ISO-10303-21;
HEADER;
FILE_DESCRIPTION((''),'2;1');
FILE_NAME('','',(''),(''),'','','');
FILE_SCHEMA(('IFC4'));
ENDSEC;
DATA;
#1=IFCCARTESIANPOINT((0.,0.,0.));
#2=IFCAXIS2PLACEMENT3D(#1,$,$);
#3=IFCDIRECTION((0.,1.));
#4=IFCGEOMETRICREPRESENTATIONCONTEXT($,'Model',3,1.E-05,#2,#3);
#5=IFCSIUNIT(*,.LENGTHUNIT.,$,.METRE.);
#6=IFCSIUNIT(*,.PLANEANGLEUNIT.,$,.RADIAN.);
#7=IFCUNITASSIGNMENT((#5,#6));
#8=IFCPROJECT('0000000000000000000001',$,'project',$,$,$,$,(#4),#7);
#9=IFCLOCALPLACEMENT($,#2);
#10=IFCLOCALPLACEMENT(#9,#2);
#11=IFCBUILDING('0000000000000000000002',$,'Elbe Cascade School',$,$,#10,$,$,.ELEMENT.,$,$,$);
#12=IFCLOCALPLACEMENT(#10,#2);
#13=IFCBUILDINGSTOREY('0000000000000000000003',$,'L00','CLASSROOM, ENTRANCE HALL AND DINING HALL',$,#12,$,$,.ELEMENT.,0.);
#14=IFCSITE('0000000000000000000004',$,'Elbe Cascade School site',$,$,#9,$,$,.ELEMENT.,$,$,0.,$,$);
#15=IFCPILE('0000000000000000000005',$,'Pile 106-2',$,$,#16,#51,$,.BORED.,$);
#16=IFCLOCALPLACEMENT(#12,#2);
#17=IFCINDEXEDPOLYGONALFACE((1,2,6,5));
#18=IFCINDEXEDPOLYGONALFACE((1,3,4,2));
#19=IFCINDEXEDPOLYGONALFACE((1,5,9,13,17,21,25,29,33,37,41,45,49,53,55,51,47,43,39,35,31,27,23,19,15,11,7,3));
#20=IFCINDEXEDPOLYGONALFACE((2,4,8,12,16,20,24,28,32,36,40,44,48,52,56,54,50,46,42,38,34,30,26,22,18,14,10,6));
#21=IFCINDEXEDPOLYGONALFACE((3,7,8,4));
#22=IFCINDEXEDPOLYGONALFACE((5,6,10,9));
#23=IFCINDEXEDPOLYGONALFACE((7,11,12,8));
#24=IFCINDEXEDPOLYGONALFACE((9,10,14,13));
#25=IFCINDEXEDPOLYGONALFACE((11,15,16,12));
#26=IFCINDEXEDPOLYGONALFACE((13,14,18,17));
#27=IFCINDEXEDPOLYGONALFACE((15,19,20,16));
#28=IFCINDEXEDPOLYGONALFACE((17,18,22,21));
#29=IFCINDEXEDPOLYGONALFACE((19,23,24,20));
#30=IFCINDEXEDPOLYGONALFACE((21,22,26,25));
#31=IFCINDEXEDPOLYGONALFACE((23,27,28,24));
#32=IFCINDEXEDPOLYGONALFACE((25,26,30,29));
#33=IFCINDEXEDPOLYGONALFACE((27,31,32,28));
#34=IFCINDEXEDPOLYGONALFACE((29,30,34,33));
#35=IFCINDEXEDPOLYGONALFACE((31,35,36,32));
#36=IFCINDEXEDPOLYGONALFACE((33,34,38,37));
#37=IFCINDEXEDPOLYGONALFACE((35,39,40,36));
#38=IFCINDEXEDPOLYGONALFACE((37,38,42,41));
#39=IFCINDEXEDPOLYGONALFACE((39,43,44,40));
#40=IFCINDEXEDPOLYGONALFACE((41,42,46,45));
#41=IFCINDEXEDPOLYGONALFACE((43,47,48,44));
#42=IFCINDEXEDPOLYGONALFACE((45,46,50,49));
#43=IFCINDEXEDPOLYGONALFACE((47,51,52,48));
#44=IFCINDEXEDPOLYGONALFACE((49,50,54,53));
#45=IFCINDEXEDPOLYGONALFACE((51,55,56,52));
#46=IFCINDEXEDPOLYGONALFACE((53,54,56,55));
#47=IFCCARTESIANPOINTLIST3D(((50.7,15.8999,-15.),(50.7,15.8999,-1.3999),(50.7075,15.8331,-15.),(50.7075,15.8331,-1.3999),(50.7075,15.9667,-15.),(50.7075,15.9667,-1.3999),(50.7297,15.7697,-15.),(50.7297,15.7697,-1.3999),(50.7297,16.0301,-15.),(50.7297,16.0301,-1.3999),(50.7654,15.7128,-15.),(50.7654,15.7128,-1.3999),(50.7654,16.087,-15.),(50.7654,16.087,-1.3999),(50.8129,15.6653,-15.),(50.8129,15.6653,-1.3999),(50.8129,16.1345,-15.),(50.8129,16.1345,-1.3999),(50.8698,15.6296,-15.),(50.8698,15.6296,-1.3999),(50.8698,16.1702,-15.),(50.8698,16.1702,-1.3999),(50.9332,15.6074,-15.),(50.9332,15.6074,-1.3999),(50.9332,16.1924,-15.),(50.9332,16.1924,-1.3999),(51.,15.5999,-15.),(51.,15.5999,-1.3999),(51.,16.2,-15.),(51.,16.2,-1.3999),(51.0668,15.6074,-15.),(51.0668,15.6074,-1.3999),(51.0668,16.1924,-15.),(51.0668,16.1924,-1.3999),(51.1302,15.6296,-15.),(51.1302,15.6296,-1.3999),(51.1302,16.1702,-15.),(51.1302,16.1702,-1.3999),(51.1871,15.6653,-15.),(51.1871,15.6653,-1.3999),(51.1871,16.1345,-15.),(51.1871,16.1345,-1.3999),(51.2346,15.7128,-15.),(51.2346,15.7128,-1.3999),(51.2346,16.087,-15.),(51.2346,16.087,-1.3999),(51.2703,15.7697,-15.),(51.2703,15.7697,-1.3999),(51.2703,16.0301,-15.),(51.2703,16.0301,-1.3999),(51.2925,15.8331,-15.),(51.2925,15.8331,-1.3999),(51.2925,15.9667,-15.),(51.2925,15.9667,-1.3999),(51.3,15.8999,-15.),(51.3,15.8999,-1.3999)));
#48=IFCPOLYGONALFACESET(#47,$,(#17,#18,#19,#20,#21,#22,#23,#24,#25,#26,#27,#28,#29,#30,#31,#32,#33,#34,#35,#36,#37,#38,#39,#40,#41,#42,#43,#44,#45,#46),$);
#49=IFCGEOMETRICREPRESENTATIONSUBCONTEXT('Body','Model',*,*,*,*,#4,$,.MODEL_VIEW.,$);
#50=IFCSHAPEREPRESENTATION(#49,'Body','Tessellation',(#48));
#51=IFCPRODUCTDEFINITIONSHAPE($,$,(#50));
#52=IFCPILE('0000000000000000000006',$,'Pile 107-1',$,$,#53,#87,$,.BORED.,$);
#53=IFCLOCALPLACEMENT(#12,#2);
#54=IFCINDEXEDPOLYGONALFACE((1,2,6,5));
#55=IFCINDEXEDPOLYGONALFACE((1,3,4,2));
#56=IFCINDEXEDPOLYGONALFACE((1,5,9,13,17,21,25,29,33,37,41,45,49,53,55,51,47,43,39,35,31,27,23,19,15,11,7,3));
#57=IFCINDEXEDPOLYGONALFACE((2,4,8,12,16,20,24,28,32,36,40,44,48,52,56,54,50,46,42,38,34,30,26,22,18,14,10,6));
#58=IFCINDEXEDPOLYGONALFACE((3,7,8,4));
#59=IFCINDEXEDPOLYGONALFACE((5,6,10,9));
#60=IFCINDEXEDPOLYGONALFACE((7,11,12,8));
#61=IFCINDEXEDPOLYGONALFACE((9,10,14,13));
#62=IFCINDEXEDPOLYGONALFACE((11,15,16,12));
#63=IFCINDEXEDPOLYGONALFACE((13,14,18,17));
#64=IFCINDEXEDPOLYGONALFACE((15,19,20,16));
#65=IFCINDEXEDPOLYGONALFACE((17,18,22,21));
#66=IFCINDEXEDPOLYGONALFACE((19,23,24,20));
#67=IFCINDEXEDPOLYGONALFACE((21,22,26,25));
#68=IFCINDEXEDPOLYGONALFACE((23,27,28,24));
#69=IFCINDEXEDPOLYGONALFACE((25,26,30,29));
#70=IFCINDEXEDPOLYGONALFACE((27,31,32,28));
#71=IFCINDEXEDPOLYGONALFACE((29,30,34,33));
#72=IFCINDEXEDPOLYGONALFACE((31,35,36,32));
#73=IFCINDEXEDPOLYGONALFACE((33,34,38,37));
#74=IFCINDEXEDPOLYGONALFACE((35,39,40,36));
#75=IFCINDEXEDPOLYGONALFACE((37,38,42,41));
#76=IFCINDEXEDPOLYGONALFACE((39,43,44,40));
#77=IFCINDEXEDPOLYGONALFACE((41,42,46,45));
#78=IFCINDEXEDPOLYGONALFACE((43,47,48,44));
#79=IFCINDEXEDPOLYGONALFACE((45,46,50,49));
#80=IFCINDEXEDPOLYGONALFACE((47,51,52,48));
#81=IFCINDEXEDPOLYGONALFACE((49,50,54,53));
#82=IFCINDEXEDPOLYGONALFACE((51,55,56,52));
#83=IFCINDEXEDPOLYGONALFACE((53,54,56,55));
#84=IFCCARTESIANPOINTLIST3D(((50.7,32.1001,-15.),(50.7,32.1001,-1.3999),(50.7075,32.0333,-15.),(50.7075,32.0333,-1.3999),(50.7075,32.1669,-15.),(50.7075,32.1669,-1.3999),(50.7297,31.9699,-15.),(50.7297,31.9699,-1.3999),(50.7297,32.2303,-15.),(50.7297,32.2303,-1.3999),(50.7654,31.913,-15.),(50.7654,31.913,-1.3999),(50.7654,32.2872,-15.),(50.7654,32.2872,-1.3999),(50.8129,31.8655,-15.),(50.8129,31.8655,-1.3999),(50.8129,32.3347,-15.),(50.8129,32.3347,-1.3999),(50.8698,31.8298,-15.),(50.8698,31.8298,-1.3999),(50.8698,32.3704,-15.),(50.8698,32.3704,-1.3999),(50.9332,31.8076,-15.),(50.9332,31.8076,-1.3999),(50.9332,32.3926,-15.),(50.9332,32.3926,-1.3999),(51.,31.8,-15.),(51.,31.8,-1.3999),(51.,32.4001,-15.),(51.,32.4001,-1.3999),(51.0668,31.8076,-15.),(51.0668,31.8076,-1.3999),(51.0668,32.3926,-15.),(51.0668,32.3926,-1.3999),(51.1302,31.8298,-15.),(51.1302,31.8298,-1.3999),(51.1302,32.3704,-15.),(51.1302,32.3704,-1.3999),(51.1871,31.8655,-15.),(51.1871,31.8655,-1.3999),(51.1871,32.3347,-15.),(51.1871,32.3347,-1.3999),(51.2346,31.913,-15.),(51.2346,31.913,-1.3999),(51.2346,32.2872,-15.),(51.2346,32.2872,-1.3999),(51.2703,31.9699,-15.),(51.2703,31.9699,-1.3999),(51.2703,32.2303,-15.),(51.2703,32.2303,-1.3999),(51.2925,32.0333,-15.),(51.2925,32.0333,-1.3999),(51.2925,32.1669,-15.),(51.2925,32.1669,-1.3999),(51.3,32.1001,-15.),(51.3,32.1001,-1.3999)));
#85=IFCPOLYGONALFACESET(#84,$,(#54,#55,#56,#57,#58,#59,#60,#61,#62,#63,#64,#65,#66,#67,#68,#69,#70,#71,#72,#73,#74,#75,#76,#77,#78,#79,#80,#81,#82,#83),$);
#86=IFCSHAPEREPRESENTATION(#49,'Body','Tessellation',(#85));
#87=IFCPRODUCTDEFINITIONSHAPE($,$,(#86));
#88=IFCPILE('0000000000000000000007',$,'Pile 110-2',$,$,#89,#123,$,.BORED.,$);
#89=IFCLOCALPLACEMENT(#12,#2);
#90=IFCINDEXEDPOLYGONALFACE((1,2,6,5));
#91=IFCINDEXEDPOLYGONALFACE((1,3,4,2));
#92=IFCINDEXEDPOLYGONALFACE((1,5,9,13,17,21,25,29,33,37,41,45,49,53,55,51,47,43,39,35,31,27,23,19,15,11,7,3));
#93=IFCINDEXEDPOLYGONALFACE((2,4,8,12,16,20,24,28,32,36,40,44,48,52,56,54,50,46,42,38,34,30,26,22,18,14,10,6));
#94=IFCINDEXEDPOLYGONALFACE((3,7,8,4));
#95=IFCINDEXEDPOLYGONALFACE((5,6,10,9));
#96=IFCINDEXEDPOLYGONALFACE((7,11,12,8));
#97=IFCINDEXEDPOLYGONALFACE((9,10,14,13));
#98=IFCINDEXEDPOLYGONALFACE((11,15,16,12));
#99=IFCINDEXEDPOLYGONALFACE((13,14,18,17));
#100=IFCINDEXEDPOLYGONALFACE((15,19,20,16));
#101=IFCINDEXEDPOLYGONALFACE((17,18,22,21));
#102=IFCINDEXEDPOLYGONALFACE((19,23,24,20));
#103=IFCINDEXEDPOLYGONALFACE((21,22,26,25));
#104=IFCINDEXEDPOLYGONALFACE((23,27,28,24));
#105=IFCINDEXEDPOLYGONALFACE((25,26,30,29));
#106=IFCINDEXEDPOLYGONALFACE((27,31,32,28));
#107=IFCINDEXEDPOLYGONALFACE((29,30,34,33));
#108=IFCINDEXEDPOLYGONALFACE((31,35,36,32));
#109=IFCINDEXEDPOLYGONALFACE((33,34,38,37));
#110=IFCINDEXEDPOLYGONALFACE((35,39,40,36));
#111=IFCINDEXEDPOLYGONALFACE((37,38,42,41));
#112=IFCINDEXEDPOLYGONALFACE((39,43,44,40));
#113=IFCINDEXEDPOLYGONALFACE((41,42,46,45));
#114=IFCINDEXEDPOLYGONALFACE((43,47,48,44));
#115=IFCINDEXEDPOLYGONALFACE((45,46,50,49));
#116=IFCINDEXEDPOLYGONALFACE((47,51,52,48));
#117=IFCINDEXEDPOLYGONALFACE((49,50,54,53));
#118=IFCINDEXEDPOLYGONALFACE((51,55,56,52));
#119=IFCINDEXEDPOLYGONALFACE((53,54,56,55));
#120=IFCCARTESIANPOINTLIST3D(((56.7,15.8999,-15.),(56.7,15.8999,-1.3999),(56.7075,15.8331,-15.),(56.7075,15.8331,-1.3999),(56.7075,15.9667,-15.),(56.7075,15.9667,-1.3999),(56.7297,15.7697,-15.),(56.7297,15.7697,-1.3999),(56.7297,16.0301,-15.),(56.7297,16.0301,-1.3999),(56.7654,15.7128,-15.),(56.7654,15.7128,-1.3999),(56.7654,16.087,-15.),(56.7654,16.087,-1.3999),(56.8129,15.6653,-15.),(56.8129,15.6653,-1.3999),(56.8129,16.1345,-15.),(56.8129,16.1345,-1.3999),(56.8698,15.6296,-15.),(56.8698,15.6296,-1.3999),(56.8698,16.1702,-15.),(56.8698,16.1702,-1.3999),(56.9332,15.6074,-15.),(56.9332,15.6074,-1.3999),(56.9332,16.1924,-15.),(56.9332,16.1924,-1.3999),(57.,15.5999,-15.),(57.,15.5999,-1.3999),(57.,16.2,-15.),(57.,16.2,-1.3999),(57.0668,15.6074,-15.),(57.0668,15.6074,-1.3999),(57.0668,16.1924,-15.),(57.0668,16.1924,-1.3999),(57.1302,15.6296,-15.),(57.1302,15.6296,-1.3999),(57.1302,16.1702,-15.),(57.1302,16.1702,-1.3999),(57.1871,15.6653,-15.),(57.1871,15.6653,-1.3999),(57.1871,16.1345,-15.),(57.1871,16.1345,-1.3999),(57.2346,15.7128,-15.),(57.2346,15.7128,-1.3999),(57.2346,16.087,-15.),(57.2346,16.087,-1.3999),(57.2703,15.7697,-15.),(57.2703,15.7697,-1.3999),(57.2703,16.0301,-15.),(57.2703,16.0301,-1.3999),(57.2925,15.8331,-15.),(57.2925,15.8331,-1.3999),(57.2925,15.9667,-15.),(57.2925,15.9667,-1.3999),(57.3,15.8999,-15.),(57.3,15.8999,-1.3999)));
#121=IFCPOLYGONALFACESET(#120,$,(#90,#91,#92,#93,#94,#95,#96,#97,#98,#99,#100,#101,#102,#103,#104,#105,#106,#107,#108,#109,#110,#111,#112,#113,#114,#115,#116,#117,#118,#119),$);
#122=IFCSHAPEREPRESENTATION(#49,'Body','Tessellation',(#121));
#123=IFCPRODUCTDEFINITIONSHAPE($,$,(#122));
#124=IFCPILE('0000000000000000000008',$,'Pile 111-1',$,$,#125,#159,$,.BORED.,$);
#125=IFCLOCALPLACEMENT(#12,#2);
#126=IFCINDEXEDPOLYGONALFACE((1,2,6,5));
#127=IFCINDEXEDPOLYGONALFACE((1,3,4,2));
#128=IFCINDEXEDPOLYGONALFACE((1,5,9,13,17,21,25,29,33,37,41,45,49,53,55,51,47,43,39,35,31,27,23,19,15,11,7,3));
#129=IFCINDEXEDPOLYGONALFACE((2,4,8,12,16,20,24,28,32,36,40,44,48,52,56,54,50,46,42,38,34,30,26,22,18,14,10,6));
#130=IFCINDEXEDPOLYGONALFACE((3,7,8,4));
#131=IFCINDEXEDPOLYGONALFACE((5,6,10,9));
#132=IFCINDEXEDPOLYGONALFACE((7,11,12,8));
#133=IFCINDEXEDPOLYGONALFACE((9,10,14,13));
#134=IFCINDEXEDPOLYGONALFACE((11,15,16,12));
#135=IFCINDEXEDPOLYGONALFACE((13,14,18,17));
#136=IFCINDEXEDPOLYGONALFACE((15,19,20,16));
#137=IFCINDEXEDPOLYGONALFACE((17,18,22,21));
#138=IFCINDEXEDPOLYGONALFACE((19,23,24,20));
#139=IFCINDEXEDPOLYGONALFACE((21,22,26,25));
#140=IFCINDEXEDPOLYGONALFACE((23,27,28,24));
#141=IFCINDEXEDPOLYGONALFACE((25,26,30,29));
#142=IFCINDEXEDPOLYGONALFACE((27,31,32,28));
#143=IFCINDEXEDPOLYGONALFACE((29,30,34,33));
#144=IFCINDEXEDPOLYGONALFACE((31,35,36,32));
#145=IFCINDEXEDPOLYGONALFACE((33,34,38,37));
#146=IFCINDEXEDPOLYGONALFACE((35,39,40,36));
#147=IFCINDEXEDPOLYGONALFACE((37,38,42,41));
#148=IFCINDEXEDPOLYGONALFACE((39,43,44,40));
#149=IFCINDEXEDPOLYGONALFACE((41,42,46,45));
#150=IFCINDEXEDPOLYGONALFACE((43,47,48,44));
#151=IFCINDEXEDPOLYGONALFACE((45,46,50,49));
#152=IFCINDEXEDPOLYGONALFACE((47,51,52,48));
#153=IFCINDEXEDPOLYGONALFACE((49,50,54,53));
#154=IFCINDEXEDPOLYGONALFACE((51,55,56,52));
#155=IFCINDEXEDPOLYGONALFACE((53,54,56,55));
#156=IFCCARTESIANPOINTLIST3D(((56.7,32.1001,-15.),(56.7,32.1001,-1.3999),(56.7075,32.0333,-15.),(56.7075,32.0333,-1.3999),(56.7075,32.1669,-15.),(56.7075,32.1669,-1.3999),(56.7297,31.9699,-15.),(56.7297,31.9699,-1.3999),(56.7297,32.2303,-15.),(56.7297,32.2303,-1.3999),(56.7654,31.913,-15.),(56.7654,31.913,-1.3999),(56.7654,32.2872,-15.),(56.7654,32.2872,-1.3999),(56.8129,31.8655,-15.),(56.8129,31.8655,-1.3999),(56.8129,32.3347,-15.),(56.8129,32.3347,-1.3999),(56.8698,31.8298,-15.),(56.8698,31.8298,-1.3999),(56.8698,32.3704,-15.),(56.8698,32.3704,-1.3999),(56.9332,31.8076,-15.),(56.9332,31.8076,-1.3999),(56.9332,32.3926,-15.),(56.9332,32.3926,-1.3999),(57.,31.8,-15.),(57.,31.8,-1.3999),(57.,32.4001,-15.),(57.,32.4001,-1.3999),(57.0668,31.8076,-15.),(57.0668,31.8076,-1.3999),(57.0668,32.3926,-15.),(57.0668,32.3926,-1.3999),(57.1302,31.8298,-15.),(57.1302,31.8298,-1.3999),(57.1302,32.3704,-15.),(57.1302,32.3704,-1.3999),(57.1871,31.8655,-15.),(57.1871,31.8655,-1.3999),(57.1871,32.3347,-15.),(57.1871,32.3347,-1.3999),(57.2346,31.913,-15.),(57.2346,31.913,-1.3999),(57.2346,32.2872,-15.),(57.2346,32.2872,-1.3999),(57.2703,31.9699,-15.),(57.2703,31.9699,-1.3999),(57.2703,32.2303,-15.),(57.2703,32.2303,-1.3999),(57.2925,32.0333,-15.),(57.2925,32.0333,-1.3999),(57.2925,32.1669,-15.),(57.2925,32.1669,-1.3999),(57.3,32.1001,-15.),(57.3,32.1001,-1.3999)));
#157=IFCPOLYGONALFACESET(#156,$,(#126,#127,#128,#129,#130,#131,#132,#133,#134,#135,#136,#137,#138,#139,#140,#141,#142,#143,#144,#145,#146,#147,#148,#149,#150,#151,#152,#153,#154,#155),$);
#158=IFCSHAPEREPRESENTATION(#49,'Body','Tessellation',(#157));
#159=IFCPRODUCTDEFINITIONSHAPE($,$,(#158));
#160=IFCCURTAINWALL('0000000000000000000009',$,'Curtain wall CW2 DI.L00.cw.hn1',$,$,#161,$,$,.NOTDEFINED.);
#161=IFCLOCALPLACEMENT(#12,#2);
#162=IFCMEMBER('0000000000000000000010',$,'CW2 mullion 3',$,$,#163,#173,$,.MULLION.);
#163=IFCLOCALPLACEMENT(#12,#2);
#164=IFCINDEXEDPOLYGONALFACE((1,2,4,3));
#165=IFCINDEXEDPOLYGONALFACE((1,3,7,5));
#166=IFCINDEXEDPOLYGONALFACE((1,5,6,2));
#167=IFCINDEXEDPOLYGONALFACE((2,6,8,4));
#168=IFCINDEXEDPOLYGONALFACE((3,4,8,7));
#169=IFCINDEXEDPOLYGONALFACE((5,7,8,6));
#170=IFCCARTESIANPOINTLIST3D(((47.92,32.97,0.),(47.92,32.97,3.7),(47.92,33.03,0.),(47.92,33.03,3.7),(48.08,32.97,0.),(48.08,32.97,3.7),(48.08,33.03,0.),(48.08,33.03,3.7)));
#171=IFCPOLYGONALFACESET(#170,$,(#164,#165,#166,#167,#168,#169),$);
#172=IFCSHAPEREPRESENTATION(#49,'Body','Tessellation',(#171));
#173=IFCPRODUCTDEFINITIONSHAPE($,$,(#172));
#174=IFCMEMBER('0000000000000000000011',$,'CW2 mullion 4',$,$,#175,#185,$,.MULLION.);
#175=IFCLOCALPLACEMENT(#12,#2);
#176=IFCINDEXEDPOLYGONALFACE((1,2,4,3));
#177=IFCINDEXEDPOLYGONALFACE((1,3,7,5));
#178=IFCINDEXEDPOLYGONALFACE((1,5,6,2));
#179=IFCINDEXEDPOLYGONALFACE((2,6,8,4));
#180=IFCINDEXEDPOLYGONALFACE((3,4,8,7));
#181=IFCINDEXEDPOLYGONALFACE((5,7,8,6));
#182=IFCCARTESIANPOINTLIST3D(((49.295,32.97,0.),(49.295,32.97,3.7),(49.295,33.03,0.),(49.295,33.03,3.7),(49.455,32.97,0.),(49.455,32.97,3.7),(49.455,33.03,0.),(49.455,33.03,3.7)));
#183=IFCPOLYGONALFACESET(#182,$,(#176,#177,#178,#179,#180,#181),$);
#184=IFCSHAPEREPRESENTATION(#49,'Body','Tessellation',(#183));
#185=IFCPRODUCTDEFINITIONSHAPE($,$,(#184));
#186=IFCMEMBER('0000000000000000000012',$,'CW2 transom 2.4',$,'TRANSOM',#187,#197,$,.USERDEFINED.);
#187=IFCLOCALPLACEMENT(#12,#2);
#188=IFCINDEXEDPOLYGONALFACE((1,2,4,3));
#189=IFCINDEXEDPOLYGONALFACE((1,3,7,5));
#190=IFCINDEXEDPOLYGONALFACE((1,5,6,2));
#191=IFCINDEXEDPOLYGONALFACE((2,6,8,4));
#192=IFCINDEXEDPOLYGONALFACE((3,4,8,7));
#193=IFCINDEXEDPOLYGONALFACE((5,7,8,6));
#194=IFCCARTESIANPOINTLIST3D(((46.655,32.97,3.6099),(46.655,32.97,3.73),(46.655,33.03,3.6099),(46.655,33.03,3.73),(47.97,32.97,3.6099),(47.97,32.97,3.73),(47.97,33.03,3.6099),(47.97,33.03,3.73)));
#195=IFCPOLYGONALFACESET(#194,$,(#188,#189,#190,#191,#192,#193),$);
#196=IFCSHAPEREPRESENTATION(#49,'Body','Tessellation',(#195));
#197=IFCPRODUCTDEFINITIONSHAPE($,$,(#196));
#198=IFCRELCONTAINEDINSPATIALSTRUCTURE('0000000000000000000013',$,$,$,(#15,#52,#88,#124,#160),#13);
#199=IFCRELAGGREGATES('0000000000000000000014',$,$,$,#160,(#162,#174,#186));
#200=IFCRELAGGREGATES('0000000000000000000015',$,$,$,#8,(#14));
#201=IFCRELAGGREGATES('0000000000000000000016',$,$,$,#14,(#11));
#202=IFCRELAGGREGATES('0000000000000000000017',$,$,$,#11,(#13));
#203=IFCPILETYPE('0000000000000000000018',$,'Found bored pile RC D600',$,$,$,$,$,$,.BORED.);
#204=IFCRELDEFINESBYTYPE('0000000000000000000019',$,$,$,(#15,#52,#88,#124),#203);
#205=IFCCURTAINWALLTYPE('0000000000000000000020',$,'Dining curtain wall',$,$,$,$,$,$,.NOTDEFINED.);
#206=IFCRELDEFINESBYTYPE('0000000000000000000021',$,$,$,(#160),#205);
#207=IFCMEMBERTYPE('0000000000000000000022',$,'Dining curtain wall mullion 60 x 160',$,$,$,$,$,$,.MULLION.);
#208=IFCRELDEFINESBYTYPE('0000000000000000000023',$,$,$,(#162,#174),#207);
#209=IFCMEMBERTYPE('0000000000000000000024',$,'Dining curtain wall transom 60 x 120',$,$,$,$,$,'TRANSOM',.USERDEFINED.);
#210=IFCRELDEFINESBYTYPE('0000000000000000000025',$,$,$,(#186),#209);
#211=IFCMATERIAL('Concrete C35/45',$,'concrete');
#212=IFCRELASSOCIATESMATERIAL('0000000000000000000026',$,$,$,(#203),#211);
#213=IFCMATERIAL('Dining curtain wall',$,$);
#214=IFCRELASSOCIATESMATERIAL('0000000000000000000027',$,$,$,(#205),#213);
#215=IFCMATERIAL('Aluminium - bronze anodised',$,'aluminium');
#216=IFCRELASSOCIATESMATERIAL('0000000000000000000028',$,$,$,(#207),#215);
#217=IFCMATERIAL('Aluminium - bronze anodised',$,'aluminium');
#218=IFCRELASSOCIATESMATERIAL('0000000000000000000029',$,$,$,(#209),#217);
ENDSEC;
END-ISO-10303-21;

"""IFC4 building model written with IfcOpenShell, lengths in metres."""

from ifc_helpers import new_model, si_unit, direction, frame, origin, origin_2d, place, context, subcontext, project, spatial, rectangle, circle, extrude, material, material_profile, profile_set, type_object, element, aggregate, save


model = new_model("IFC4")

# Units and contexts
model_context = context("Model", 3, precision=1e-05, world=origin(), true_north=direction((0.0, 1.0)))
body_context = subcontext(model_context, "Body", "Model", "MODEL_VIEW")
ifc_project = project(units=[si_unit("LENGTHUNIT", "METRE"), si_unit("PLANEANGLEUNIT", "RADIAN")], contexts=[model_context])

# Site, building, storey
site_placement = place(None, origin())
site = spatial("IfcSite", under=ifc_project, at=site_placement, Name="Elbe Cascade School site", CompositionType="ELEMENT", RefElevation=0.0)
building_placement = place(site_placement, origin())
building = spatial("IfcBuilding", under=site, at=building_placement, Name="Elbe Cascade School", CompositionType="ELEMENT")
storey_placement = place(building_placement, origin())
storey = spatial("IfcBuildingStorey", under=building, at=storey_placement, Name="L00", Description="CLASSROOM, ENTRANCE HALL AND DINING HALL", CompositionType="ELEMENT", Elevation=0.0)

# Piles
ifc_material_1 = material(Name="Concrete C35/45", Category="concrete")
ifc_material_profile_1 = material_profile(ifc_material_1, circle(Radius=0.3, at=origin_2d()), Name="RC D600")
ifc_profile_set_1 = profile_set([ifc_material_profile_1], Name="Concrete C35/45")
pile_type = type_object("IfcPileType", Name="Found bored pile RC D600", PredefinedType="BORED", material=ifc_profile_set_1)
for number, where, z_axis, x_axis, name in (
    (1, (51.0, 15.8999, -1.3999), (0.0, 0.0, -1.0), (1.0, 0.0, 0.0), "Pile 106-2"),
    (2, (51.0, 32.1001, -1.3999), (0.0, 0.0, -1.0), (1.0, 0.0, 0.0), "Pile 107-1"),
    (3, (57.0, 15.8999, -1.3999), (0.0, 0.0, -1.0), (1.0, 0.0, 0.0), "Pile 110-2"),
    (4, (57.0, 32.1001, -1.3999), (0.0, 0.0, -1.0), (1.0, 0.0, 0.0), "Pile 111-1"),
):
    element("IfcPile", number, at=place(storey_placement, frame(where, z_axis=z_axis, x_axis=x_axis)), inside=storey, type_object=pile_type, Name=name, PredefinedType="BORED", context=body_context, shape_type="SweptSolid", body=[
        extrude(circle(Radius=0.3, at=origin_2d()), origin(), (0.0, 0.0, 1.0), 13.6001),
    ])

# Curtain wall, members
ifc_material_2 = material(Name="Dining curtain wall")
curtain_wall_type = type_object("IfcCurtainWallType", Name="Dining curtain wall", PredefinedType="NOTDEFINED", material=ifc_material_2)
curtain_wall_placement = place(storey_placement, origin())
curtain_wall = element("IfcCurtainWall", 5, at=curtain_wall_placement, inside=storey, type_object=curtain_wall_type, Name="Curtain wall CW2 DI.L00.cw.hn1", PredefinedType="NOTDEFINED")
ifc_material_3 = material(Name="Aluminium - bronze anodised", Category="aluminium")
ifc_material_profile_2 = material_profile(ifc_material_3, rectangle(XDim=0.0601, YDim=0.1599, at=origin_2d()), Name="RECT 60x160")
ifc_profile_set_2 = profile_set([ifc_material_profile_2], Name="Aluminium - bronze anodised")
member_type_1 = type_object("IfcMemberType", Name="Dining curtain wall mullion 60 x 160", PredefinedType="MULLION", material=ifc_profile_set_2)
member_1_placement = place(storey_placement, frame((48.0, 33.0, 0.0), z_axis=(0.0, 0.0, 1.0), x_axis=(0.0, 1.0, 0.0)))
member_1 = element("IfcMember", 6, at=member_1_placement, type_object=member_type_1, Name="CW2 mullion 3", PredefinedType="MULLION", context=body_context, shape_type="SweptSolid", body=[
    extrude(rectangle(XDim=0.0601, YDim=0.1599, at=origin_2d()), origin(), (0.0, 0.0, 1.0), 3.7),
])
member_2_placement = place(storey_placement, frame((49.375, 33.0, 0.0), z_axis=(0.0, 0.0, 1.0), x_axis=(0.0, 1.0, 0.0)))
member_2 = element("IfcMember", 7, at=member_2_placement, type_object=member_type_1, Name="CW2 mullion 4", PredefinedType="MULLION", context=body_context, shape_type="SweptSolid", body=[
    extrude(rectangle(XDim=0.0601, YDim=0.1599, at=origin_2d()), origin(), (0.0, 0.0, 1.0), 3.7),
])
ifc_material_4 = material(Name="Aluminium - bronze anodised", Category="aluminium")
ifc_material_profile_3 = material_profile(ifc_material_4, rectangle(XDim=0.0601, YDim=0.1201, at=origin_2d()), Name="RECT 60x120")
ifc_profile_set_3 = profile_set([ifc_material_profile_3], Name="Aluminium - bronze anodised")
member_type_2 = type_object("IfcMemberType", Name="Dining curtain wall transom 60 x 120", ElementType="TRANSOM", PredefinedType="USERDEFINED", material=ifc_profile_set_3)
member_3_placement = place(storey_placement, frame((46.655, 33.0, 3.6699), z_axis=(1.0, 0.0, 0.0), x_axis=(0.0, 1.0, 0.0)))
member_3 = element("IfcMember", 8, at=member_3_placement, type_object=member_type_2, Name="CW2 transom 2.4", ObjectType="TRANSOM", PredefinedType="USERDEFINED", context=body_context, shape_type="SweptSolid", body=[
    extrude(rectangle(XDim=0.0601, YDim=0.1201, at=origin_2d()), origin(), (0.0, 0.0, 1.0), 1.3149),
])

aggregate(curtain_wall, [member_1, member_2, member_3])

save(model, "model.ifc")
